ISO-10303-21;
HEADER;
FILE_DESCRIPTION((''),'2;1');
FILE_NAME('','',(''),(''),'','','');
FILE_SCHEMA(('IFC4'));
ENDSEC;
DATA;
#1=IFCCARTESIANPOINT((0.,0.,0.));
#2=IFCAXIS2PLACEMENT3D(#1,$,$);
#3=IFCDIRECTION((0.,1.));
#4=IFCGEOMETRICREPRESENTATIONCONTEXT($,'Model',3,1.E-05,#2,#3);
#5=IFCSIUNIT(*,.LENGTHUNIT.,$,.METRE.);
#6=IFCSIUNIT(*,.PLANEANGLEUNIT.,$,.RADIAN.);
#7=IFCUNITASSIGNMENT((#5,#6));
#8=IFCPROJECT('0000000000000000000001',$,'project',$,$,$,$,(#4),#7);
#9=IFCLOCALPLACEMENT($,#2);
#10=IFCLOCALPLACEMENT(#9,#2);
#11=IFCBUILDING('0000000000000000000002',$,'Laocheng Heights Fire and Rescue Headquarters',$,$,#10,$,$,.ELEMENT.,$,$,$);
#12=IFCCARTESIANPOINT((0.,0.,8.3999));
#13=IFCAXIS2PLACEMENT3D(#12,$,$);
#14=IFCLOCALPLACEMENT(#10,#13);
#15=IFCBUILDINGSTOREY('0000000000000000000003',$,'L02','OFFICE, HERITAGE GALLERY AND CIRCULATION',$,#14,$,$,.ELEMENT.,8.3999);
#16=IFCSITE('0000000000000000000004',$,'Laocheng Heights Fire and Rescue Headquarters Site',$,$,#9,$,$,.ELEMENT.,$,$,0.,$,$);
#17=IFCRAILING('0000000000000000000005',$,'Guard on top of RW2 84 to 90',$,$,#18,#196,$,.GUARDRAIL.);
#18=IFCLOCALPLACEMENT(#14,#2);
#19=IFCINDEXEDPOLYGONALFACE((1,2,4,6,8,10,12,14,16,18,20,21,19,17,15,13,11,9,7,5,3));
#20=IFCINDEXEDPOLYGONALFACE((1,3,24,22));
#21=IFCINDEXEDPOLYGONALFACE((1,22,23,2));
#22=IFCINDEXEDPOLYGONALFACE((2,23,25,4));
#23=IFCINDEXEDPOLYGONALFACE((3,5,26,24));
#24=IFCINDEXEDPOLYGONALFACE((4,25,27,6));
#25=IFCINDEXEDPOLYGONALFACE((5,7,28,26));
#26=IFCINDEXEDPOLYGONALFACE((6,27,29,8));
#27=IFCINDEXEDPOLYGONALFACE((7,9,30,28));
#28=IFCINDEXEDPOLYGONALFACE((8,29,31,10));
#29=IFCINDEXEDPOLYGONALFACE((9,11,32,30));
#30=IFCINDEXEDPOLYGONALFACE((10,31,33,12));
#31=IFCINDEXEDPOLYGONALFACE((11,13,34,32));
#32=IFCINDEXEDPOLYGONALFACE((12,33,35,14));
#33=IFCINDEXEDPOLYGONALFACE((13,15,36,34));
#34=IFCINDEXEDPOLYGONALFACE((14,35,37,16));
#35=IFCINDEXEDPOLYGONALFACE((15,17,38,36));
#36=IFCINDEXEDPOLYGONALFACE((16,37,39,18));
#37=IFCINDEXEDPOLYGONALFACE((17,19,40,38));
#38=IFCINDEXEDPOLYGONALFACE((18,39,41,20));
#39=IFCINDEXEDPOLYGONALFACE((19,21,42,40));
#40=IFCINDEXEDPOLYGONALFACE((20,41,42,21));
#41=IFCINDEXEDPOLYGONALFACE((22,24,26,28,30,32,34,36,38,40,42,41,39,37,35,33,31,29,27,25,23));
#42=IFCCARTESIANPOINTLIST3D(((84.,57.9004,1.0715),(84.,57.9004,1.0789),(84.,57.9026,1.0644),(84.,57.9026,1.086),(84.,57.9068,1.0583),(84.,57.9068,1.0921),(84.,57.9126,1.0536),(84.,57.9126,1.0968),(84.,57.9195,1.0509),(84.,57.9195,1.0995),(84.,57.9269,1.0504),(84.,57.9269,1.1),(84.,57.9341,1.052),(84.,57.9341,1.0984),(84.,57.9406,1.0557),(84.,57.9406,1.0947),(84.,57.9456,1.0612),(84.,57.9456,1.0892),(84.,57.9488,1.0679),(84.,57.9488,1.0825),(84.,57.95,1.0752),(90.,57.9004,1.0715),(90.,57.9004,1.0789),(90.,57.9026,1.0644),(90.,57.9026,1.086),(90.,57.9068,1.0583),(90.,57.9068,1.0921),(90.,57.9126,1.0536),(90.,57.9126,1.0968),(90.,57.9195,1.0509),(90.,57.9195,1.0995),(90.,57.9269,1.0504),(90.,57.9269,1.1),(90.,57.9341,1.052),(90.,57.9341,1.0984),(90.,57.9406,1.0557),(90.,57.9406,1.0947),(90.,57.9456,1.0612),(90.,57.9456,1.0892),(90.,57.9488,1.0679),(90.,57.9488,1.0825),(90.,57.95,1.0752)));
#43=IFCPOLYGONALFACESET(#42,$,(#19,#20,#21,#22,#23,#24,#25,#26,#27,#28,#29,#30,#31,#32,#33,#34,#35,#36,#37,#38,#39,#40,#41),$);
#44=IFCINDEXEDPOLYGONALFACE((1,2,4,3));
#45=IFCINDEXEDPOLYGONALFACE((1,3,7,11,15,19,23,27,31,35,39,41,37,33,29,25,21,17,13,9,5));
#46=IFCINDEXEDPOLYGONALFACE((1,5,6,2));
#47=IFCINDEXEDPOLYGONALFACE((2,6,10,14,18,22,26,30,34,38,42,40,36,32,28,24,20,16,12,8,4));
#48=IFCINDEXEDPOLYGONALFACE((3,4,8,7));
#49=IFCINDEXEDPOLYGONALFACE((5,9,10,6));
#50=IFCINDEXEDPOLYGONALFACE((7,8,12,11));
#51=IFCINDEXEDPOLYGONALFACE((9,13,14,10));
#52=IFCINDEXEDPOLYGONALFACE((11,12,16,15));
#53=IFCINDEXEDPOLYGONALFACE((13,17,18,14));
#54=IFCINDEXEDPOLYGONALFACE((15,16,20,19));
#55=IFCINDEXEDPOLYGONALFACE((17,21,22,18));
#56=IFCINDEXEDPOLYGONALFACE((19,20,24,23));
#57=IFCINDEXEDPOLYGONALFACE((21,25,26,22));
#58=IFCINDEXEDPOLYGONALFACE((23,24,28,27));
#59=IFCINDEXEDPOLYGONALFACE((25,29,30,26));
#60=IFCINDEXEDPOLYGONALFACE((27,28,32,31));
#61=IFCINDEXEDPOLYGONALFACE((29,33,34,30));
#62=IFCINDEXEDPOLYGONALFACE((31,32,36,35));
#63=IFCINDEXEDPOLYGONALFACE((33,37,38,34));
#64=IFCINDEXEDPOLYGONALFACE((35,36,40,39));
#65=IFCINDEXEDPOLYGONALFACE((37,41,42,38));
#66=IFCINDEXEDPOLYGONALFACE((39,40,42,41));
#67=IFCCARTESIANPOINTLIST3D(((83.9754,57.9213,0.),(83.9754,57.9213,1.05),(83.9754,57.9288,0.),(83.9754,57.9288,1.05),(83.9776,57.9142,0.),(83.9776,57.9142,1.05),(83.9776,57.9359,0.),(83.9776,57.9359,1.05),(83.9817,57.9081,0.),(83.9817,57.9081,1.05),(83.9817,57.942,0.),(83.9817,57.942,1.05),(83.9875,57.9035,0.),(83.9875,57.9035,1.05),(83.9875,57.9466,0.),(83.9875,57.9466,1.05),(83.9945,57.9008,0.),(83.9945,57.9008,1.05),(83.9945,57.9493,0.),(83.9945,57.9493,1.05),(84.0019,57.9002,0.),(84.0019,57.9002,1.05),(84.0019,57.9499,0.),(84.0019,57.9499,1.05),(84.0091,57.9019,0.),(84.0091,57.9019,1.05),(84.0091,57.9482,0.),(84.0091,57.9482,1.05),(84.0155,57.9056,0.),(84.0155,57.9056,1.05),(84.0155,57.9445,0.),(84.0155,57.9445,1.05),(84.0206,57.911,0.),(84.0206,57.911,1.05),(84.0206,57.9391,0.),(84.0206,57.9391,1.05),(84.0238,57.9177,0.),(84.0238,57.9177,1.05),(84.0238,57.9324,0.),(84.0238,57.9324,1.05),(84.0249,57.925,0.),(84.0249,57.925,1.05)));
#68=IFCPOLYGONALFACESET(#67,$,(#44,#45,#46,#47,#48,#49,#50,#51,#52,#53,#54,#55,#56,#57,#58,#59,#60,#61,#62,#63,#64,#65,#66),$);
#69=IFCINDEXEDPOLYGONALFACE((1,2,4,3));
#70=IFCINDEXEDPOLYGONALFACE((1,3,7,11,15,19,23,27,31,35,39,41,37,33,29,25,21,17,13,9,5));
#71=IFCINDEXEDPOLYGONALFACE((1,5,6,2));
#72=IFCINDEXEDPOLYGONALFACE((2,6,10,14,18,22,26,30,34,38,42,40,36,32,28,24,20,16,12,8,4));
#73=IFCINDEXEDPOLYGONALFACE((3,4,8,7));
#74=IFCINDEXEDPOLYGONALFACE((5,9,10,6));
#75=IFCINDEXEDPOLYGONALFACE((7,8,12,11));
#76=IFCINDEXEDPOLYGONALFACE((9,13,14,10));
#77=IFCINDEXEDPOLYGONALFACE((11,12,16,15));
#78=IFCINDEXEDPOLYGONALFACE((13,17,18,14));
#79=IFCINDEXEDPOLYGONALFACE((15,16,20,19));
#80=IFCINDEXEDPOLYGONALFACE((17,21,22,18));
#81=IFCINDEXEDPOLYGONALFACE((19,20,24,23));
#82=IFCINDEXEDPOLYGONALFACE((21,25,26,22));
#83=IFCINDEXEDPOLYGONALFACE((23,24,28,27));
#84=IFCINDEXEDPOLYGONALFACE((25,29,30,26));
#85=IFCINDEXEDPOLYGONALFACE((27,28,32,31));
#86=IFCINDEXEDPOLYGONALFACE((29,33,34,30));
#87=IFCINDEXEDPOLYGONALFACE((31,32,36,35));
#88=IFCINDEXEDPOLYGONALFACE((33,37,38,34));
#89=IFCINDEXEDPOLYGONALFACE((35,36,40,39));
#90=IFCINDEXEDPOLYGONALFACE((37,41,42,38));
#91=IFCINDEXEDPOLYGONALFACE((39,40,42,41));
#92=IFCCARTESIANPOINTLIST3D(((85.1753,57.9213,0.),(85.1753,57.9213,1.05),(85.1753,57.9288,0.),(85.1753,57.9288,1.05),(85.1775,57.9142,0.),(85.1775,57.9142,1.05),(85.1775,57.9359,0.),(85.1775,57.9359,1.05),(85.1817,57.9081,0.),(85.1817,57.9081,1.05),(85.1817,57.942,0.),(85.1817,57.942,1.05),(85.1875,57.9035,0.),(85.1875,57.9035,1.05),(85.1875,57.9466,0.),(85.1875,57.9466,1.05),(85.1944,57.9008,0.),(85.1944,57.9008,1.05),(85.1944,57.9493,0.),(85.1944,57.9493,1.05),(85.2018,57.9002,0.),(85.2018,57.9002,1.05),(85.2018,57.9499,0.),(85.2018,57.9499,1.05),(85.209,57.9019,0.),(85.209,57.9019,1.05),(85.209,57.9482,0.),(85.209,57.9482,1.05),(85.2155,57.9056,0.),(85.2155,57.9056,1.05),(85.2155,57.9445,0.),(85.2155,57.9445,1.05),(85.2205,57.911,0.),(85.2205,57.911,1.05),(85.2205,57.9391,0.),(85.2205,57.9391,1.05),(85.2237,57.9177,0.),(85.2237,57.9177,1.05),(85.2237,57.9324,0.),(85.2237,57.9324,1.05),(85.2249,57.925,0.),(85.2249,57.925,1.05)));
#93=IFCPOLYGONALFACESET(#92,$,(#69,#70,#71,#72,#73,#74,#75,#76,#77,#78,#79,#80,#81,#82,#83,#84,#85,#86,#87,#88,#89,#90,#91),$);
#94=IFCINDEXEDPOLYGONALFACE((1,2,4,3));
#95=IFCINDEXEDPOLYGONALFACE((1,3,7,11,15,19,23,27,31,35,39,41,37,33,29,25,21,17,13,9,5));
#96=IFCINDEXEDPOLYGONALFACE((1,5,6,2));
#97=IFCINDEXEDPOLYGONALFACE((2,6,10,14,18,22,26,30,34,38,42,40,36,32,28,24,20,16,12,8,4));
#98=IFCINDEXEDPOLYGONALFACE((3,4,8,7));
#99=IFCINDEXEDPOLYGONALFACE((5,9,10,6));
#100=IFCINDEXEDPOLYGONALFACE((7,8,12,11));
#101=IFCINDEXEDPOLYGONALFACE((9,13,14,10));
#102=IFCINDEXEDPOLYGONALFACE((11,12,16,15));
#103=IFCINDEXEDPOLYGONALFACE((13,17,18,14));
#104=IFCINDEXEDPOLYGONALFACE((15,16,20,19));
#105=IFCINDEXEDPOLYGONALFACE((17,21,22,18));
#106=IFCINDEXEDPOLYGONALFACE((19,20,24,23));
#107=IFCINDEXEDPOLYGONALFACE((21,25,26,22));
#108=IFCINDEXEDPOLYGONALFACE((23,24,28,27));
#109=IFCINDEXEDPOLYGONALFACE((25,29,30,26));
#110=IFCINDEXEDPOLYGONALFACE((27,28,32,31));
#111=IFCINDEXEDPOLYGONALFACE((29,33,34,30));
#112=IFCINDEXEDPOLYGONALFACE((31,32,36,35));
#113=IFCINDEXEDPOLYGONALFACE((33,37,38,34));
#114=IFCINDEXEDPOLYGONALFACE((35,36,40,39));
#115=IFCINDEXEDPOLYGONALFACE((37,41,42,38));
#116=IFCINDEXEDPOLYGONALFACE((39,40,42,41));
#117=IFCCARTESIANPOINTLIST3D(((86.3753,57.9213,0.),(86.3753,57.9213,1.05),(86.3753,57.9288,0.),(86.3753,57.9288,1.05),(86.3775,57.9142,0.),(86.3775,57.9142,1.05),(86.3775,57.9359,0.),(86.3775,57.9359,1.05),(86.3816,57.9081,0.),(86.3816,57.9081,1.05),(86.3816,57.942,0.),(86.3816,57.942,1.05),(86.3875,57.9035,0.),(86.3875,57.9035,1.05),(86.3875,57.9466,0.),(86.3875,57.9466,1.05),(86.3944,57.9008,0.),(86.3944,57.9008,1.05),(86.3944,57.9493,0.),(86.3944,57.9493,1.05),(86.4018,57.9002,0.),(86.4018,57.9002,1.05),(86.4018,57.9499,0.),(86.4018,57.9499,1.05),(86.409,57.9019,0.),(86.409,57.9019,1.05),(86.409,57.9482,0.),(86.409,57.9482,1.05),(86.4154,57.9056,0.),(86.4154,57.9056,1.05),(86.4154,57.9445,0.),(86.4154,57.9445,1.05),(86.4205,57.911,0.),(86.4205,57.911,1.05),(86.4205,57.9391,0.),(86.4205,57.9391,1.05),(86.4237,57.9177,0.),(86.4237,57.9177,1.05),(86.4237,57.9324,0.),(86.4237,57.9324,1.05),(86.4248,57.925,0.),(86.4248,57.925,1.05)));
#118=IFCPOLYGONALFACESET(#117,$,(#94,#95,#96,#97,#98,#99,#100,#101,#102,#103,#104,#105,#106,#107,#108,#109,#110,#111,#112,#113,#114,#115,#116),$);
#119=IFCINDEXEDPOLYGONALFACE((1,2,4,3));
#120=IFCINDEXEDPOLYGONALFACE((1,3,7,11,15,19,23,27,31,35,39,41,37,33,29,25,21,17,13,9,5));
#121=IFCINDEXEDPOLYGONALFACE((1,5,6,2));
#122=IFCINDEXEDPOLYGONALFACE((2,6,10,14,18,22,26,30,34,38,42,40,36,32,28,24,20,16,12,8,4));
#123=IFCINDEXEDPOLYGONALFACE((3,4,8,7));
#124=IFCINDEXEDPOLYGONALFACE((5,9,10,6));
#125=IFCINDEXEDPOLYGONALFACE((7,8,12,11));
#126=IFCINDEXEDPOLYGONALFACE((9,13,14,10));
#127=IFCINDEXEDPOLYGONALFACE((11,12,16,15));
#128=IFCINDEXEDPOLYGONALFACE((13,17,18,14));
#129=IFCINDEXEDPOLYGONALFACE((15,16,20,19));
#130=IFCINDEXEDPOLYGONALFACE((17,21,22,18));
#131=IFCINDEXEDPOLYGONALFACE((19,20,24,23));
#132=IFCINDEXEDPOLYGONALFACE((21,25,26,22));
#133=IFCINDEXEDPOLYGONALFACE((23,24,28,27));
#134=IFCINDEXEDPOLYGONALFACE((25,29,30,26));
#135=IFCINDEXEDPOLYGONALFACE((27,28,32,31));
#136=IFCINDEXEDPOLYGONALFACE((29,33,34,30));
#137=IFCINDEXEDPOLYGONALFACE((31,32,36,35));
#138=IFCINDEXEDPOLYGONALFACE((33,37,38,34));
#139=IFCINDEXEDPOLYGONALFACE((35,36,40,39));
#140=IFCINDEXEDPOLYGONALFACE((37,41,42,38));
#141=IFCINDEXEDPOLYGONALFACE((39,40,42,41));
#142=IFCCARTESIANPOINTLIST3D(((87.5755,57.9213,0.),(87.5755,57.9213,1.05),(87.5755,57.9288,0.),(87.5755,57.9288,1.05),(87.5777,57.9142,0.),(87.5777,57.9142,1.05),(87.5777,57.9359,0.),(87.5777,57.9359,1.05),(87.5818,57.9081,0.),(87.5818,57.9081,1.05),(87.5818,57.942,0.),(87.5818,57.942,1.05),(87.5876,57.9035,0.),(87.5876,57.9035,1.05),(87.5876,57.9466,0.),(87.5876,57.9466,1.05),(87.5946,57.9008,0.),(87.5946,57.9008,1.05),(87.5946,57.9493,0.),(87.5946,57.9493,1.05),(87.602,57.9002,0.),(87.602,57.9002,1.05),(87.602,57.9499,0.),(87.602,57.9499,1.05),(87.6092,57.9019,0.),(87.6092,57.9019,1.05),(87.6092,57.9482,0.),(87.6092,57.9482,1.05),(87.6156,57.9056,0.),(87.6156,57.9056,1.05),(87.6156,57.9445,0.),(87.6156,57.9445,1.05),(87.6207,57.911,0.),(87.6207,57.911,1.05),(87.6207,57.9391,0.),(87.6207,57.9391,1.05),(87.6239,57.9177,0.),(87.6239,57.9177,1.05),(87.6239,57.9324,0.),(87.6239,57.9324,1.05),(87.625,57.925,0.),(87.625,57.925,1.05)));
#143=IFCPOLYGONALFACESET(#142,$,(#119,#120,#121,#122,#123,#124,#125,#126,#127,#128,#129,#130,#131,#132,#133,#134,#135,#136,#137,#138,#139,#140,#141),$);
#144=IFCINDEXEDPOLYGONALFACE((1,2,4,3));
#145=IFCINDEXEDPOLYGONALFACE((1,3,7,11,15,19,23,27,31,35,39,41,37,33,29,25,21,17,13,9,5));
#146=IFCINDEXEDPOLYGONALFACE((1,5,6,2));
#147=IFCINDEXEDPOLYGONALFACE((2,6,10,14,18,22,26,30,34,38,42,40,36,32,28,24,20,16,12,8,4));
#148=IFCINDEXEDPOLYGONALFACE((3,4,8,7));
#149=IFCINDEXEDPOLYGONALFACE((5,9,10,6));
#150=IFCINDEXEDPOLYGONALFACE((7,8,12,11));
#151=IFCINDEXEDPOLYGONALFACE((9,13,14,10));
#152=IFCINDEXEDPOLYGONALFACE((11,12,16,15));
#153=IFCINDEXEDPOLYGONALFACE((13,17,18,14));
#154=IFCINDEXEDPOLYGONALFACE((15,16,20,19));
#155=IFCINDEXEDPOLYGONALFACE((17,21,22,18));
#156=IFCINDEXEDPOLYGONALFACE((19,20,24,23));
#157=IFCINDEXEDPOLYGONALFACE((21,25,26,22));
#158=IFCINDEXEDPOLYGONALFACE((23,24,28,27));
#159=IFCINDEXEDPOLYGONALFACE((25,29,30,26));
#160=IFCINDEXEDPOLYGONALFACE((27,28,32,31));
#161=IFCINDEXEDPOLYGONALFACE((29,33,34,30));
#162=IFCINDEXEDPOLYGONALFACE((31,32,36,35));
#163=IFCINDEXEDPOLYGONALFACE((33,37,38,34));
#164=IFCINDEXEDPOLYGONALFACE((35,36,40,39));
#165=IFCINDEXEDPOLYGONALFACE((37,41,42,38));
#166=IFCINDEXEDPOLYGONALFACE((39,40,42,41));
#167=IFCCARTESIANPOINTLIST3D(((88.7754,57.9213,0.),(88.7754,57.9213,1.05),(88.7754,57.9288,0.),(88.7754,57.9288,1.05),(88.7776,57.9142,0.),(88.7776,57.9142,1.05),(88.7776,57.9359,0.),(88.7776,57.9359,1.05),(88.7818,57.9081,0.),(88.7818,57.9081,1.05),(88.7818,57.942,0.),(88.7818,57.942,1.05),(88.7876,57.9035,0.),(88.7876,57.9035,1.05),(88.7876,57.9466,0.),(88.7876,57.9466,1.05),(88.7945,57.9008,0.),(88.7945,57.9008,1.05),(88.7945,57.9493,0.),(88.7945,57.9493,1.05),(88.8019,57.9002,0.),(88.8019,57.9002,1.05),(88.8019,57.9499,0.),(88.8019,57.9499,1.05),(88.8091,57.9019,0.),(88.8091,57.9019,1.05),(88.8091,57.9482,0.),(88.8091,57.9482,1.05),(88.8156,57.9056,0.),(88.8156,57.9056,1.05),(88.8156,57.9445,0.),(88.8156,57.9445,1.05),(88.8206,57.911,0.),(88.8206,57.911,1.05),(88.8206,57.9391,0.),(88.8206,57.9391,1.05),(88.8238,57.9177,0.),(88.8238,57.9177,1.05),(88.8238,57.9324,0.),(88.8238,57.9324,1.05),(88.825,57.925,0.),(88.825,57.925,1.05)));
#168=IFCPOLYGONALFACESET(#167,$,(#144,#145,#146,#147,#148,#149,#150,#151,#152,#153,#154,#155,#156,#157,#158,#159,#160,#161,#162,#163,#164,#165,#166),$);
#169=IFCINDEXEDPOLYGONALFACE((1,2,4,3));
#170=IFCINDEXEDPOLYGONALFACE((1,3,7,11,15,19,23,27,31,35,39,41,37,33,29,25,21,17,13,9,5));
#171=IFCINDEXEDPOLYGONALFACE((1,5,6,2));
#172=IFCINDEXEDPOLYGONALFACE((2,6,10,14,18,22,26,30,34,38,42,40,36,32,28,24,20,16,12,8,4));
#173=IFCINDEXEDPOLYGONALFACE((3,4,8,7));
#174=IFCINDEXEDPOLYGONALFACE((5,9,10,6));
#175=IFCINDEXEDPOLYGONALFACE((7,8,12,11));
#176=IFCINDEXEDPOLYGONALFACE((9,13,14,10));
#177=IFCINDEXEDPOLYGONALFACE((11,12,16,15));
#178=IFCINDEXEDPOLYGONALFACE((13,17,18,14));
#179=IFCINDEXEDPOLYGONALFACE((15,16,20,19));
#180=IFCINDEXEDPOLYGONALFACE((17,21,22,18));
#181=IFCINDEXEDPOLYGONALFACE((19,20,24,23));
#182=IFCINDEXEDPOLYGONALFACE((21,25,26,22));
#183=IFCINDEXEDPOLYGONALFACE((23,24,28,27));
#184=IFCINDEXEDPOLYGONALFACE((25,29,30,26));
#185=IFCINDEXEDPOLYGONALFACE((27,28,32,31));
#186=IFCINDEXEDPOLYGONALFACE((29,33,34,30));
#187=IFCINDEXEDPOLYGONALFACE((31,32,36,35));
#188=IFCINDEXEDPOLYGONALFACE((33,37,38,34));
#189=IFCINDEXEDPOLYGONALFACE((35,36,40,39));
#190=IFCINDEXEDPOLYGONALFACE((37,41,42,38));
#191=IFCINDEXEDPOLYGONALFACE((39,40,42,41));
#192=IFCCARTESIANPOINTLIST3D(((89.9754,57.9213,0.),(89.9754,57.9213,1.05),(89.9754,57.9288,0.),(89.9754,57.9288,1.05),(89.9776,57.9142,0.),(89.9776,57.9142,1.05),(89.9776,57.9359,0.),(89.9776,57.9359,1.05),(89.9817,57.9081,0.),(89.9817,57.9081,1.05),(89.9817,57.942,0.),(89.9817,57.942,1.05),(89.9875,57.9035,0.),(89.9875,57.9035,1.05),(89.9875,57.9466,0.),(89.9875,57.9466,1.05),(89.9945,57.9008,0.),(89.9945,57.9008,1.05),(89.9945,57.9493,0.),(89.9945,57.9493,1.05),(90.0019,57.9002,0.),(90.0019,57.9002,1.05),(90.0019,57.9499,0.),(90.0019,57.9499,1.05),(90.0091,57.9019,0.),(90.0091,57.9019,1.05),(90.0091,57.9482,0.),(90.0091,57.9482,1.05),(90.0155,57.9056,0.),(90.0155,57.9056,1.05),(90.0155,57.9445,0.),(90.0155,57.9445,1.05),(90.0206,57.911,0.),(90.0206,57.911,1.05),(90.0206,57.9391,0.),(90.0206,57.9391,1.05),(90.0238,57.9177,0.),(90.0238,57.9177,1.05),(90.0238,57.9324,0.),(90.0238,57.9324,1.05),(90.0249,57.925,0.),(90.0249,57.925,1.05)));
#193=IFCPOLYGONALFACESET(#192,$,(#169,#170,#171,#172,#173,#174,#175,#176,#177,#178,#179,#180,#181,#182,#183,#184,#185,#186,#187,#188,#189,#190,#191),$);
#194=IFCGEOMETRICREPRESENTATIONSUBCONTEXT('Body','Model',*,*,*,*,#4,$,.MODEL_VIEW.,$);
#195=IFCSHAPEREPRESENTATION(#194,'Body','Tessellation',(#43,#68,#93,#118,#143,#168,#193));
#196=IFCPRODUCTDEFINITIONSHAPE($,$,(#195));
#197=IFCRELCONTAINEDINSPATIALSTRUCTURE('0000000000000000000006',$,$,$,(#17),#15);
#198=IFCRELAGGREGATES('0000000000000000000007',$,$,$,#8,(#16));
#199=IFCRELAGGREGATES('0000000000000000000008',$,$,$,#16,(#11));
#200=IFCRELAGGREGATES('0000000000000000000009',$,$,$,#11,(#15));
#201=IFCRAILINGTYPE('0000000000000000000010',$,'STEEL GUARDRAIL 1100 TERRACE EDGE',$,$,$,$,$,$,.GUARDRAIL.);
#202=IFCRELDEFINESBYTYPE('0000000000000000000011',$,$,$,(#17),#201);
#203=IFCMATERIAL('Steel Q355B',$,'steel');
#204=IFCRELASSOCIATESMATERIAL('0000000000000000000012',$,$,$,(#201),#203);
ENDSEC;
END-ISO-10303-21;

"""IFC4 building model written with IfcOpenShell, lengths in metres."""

from ifc_helpers import new_model, si_unit, direction, frame, origin, origin_2d, place, context, subcontext, project, spatial, circle, extrude, material, type_object, element, save


model = new_model("IFC4")

# Units and contexts
model_context = context("Model", 3, precision=1e-05, world=origin(), true_north=direction((0.0, 1.0)))
body_context = subcontext(model_context, "Body", "Model", "MODEL_VIEW")
ifc_project = project(units=[si_unit("LENGTHUNIT", "METRE"), si_unit("PLANEANGLEUNIT", "RADIAN")], contexts=[model_context])

# Site, building, storey
site_placement = place(None, origin())
site = spatial("IfcSite", under=ifc_project, at=site_placement, Name="Laocheng Heights Fire and Rescue Headquarters Site", CompositionType="ELEMENT", RefElevation=0.0)
building_placement = place(site_placement, origin())
building = spatial("IfcBuilding", under=site, at=building_placement, Name="Laocheng Heights Fire and Rescue Headquarters", CompositionType="ELEMENT")
storey_placement = place(building_placement, frame((0.0, 0.0, 8.3999)))
storey = spatial("IfcBuildingStorey", under=building, at=storey_placement, Name="L02", Description="OFFICE, HERITAGE GALLERY AND CIRCULATION", CompositionType="ELEMENT", Elevation=8.3999)

# Railing
ifc_material_1 = material(Name="Steel Q355B", Category="steel")
railing_type_1 = type_object("IfcRailingType", Name="STEEL GUARDRAIL 1100 TERRACE EDGE", PredefinedType="GUARDRAIL", material=ifc_material_1)
railing_1_placement = place(storey_placement, frame((84.0, 57.925, 0.0)))
element("IfcRailing", 1, at=railing_1_placement, inside=storey, type_object=railing_type_1, Name="Guard on top of RW2 84 to 90", PredefinedType="GUARDRAIL", context=body_context, shape_type="SweptSolid", body=[
    extrude(circle(Radius=0.0249, at=origin_2d()), frame((0.0, 0.0, 1.0752), z_axis=(1.0, 0.0, 0.0), x_axis=(0.0, 1.0, 0.0)), (0.0, 0.0, 1.0), 6.0),
    extrude(circle(Radius=0.0249, at=origin_2d()), origin(), (0.0, 0.0, 1.0), 1.05),
    extrude(circle(Radius=0.0249, at=origin_2d()), frame((1.2, 0.0, 0.0)), (0.0, 0.0, 1.0), 1.05),
    extrude(circle(Radius=0.0249, at=origin_2d()), frame((2.3999, 0.0, 0.0)), (0.0, 0.0, 1.0), 1.05),
    extrude(circle(Radius=0.0249, at=origin_2d()), frame((3.6001, 0.0, 0.0)), (0.0, 0.0, 1.0), 1.05),
    extrude(circle(Radius=0.0249, at=origin_2d()), frame((4.8, 0.0, 0.0)), (0.0, 0.0, 1.0), 1.05),
    extrude(circle(Radius=0.0249, at=origin_2d()), frame((6.0, 0.0, 0.0)), (0.0, 0.0, 1.0), 1.05),
])

save(model, "model.ifc")
